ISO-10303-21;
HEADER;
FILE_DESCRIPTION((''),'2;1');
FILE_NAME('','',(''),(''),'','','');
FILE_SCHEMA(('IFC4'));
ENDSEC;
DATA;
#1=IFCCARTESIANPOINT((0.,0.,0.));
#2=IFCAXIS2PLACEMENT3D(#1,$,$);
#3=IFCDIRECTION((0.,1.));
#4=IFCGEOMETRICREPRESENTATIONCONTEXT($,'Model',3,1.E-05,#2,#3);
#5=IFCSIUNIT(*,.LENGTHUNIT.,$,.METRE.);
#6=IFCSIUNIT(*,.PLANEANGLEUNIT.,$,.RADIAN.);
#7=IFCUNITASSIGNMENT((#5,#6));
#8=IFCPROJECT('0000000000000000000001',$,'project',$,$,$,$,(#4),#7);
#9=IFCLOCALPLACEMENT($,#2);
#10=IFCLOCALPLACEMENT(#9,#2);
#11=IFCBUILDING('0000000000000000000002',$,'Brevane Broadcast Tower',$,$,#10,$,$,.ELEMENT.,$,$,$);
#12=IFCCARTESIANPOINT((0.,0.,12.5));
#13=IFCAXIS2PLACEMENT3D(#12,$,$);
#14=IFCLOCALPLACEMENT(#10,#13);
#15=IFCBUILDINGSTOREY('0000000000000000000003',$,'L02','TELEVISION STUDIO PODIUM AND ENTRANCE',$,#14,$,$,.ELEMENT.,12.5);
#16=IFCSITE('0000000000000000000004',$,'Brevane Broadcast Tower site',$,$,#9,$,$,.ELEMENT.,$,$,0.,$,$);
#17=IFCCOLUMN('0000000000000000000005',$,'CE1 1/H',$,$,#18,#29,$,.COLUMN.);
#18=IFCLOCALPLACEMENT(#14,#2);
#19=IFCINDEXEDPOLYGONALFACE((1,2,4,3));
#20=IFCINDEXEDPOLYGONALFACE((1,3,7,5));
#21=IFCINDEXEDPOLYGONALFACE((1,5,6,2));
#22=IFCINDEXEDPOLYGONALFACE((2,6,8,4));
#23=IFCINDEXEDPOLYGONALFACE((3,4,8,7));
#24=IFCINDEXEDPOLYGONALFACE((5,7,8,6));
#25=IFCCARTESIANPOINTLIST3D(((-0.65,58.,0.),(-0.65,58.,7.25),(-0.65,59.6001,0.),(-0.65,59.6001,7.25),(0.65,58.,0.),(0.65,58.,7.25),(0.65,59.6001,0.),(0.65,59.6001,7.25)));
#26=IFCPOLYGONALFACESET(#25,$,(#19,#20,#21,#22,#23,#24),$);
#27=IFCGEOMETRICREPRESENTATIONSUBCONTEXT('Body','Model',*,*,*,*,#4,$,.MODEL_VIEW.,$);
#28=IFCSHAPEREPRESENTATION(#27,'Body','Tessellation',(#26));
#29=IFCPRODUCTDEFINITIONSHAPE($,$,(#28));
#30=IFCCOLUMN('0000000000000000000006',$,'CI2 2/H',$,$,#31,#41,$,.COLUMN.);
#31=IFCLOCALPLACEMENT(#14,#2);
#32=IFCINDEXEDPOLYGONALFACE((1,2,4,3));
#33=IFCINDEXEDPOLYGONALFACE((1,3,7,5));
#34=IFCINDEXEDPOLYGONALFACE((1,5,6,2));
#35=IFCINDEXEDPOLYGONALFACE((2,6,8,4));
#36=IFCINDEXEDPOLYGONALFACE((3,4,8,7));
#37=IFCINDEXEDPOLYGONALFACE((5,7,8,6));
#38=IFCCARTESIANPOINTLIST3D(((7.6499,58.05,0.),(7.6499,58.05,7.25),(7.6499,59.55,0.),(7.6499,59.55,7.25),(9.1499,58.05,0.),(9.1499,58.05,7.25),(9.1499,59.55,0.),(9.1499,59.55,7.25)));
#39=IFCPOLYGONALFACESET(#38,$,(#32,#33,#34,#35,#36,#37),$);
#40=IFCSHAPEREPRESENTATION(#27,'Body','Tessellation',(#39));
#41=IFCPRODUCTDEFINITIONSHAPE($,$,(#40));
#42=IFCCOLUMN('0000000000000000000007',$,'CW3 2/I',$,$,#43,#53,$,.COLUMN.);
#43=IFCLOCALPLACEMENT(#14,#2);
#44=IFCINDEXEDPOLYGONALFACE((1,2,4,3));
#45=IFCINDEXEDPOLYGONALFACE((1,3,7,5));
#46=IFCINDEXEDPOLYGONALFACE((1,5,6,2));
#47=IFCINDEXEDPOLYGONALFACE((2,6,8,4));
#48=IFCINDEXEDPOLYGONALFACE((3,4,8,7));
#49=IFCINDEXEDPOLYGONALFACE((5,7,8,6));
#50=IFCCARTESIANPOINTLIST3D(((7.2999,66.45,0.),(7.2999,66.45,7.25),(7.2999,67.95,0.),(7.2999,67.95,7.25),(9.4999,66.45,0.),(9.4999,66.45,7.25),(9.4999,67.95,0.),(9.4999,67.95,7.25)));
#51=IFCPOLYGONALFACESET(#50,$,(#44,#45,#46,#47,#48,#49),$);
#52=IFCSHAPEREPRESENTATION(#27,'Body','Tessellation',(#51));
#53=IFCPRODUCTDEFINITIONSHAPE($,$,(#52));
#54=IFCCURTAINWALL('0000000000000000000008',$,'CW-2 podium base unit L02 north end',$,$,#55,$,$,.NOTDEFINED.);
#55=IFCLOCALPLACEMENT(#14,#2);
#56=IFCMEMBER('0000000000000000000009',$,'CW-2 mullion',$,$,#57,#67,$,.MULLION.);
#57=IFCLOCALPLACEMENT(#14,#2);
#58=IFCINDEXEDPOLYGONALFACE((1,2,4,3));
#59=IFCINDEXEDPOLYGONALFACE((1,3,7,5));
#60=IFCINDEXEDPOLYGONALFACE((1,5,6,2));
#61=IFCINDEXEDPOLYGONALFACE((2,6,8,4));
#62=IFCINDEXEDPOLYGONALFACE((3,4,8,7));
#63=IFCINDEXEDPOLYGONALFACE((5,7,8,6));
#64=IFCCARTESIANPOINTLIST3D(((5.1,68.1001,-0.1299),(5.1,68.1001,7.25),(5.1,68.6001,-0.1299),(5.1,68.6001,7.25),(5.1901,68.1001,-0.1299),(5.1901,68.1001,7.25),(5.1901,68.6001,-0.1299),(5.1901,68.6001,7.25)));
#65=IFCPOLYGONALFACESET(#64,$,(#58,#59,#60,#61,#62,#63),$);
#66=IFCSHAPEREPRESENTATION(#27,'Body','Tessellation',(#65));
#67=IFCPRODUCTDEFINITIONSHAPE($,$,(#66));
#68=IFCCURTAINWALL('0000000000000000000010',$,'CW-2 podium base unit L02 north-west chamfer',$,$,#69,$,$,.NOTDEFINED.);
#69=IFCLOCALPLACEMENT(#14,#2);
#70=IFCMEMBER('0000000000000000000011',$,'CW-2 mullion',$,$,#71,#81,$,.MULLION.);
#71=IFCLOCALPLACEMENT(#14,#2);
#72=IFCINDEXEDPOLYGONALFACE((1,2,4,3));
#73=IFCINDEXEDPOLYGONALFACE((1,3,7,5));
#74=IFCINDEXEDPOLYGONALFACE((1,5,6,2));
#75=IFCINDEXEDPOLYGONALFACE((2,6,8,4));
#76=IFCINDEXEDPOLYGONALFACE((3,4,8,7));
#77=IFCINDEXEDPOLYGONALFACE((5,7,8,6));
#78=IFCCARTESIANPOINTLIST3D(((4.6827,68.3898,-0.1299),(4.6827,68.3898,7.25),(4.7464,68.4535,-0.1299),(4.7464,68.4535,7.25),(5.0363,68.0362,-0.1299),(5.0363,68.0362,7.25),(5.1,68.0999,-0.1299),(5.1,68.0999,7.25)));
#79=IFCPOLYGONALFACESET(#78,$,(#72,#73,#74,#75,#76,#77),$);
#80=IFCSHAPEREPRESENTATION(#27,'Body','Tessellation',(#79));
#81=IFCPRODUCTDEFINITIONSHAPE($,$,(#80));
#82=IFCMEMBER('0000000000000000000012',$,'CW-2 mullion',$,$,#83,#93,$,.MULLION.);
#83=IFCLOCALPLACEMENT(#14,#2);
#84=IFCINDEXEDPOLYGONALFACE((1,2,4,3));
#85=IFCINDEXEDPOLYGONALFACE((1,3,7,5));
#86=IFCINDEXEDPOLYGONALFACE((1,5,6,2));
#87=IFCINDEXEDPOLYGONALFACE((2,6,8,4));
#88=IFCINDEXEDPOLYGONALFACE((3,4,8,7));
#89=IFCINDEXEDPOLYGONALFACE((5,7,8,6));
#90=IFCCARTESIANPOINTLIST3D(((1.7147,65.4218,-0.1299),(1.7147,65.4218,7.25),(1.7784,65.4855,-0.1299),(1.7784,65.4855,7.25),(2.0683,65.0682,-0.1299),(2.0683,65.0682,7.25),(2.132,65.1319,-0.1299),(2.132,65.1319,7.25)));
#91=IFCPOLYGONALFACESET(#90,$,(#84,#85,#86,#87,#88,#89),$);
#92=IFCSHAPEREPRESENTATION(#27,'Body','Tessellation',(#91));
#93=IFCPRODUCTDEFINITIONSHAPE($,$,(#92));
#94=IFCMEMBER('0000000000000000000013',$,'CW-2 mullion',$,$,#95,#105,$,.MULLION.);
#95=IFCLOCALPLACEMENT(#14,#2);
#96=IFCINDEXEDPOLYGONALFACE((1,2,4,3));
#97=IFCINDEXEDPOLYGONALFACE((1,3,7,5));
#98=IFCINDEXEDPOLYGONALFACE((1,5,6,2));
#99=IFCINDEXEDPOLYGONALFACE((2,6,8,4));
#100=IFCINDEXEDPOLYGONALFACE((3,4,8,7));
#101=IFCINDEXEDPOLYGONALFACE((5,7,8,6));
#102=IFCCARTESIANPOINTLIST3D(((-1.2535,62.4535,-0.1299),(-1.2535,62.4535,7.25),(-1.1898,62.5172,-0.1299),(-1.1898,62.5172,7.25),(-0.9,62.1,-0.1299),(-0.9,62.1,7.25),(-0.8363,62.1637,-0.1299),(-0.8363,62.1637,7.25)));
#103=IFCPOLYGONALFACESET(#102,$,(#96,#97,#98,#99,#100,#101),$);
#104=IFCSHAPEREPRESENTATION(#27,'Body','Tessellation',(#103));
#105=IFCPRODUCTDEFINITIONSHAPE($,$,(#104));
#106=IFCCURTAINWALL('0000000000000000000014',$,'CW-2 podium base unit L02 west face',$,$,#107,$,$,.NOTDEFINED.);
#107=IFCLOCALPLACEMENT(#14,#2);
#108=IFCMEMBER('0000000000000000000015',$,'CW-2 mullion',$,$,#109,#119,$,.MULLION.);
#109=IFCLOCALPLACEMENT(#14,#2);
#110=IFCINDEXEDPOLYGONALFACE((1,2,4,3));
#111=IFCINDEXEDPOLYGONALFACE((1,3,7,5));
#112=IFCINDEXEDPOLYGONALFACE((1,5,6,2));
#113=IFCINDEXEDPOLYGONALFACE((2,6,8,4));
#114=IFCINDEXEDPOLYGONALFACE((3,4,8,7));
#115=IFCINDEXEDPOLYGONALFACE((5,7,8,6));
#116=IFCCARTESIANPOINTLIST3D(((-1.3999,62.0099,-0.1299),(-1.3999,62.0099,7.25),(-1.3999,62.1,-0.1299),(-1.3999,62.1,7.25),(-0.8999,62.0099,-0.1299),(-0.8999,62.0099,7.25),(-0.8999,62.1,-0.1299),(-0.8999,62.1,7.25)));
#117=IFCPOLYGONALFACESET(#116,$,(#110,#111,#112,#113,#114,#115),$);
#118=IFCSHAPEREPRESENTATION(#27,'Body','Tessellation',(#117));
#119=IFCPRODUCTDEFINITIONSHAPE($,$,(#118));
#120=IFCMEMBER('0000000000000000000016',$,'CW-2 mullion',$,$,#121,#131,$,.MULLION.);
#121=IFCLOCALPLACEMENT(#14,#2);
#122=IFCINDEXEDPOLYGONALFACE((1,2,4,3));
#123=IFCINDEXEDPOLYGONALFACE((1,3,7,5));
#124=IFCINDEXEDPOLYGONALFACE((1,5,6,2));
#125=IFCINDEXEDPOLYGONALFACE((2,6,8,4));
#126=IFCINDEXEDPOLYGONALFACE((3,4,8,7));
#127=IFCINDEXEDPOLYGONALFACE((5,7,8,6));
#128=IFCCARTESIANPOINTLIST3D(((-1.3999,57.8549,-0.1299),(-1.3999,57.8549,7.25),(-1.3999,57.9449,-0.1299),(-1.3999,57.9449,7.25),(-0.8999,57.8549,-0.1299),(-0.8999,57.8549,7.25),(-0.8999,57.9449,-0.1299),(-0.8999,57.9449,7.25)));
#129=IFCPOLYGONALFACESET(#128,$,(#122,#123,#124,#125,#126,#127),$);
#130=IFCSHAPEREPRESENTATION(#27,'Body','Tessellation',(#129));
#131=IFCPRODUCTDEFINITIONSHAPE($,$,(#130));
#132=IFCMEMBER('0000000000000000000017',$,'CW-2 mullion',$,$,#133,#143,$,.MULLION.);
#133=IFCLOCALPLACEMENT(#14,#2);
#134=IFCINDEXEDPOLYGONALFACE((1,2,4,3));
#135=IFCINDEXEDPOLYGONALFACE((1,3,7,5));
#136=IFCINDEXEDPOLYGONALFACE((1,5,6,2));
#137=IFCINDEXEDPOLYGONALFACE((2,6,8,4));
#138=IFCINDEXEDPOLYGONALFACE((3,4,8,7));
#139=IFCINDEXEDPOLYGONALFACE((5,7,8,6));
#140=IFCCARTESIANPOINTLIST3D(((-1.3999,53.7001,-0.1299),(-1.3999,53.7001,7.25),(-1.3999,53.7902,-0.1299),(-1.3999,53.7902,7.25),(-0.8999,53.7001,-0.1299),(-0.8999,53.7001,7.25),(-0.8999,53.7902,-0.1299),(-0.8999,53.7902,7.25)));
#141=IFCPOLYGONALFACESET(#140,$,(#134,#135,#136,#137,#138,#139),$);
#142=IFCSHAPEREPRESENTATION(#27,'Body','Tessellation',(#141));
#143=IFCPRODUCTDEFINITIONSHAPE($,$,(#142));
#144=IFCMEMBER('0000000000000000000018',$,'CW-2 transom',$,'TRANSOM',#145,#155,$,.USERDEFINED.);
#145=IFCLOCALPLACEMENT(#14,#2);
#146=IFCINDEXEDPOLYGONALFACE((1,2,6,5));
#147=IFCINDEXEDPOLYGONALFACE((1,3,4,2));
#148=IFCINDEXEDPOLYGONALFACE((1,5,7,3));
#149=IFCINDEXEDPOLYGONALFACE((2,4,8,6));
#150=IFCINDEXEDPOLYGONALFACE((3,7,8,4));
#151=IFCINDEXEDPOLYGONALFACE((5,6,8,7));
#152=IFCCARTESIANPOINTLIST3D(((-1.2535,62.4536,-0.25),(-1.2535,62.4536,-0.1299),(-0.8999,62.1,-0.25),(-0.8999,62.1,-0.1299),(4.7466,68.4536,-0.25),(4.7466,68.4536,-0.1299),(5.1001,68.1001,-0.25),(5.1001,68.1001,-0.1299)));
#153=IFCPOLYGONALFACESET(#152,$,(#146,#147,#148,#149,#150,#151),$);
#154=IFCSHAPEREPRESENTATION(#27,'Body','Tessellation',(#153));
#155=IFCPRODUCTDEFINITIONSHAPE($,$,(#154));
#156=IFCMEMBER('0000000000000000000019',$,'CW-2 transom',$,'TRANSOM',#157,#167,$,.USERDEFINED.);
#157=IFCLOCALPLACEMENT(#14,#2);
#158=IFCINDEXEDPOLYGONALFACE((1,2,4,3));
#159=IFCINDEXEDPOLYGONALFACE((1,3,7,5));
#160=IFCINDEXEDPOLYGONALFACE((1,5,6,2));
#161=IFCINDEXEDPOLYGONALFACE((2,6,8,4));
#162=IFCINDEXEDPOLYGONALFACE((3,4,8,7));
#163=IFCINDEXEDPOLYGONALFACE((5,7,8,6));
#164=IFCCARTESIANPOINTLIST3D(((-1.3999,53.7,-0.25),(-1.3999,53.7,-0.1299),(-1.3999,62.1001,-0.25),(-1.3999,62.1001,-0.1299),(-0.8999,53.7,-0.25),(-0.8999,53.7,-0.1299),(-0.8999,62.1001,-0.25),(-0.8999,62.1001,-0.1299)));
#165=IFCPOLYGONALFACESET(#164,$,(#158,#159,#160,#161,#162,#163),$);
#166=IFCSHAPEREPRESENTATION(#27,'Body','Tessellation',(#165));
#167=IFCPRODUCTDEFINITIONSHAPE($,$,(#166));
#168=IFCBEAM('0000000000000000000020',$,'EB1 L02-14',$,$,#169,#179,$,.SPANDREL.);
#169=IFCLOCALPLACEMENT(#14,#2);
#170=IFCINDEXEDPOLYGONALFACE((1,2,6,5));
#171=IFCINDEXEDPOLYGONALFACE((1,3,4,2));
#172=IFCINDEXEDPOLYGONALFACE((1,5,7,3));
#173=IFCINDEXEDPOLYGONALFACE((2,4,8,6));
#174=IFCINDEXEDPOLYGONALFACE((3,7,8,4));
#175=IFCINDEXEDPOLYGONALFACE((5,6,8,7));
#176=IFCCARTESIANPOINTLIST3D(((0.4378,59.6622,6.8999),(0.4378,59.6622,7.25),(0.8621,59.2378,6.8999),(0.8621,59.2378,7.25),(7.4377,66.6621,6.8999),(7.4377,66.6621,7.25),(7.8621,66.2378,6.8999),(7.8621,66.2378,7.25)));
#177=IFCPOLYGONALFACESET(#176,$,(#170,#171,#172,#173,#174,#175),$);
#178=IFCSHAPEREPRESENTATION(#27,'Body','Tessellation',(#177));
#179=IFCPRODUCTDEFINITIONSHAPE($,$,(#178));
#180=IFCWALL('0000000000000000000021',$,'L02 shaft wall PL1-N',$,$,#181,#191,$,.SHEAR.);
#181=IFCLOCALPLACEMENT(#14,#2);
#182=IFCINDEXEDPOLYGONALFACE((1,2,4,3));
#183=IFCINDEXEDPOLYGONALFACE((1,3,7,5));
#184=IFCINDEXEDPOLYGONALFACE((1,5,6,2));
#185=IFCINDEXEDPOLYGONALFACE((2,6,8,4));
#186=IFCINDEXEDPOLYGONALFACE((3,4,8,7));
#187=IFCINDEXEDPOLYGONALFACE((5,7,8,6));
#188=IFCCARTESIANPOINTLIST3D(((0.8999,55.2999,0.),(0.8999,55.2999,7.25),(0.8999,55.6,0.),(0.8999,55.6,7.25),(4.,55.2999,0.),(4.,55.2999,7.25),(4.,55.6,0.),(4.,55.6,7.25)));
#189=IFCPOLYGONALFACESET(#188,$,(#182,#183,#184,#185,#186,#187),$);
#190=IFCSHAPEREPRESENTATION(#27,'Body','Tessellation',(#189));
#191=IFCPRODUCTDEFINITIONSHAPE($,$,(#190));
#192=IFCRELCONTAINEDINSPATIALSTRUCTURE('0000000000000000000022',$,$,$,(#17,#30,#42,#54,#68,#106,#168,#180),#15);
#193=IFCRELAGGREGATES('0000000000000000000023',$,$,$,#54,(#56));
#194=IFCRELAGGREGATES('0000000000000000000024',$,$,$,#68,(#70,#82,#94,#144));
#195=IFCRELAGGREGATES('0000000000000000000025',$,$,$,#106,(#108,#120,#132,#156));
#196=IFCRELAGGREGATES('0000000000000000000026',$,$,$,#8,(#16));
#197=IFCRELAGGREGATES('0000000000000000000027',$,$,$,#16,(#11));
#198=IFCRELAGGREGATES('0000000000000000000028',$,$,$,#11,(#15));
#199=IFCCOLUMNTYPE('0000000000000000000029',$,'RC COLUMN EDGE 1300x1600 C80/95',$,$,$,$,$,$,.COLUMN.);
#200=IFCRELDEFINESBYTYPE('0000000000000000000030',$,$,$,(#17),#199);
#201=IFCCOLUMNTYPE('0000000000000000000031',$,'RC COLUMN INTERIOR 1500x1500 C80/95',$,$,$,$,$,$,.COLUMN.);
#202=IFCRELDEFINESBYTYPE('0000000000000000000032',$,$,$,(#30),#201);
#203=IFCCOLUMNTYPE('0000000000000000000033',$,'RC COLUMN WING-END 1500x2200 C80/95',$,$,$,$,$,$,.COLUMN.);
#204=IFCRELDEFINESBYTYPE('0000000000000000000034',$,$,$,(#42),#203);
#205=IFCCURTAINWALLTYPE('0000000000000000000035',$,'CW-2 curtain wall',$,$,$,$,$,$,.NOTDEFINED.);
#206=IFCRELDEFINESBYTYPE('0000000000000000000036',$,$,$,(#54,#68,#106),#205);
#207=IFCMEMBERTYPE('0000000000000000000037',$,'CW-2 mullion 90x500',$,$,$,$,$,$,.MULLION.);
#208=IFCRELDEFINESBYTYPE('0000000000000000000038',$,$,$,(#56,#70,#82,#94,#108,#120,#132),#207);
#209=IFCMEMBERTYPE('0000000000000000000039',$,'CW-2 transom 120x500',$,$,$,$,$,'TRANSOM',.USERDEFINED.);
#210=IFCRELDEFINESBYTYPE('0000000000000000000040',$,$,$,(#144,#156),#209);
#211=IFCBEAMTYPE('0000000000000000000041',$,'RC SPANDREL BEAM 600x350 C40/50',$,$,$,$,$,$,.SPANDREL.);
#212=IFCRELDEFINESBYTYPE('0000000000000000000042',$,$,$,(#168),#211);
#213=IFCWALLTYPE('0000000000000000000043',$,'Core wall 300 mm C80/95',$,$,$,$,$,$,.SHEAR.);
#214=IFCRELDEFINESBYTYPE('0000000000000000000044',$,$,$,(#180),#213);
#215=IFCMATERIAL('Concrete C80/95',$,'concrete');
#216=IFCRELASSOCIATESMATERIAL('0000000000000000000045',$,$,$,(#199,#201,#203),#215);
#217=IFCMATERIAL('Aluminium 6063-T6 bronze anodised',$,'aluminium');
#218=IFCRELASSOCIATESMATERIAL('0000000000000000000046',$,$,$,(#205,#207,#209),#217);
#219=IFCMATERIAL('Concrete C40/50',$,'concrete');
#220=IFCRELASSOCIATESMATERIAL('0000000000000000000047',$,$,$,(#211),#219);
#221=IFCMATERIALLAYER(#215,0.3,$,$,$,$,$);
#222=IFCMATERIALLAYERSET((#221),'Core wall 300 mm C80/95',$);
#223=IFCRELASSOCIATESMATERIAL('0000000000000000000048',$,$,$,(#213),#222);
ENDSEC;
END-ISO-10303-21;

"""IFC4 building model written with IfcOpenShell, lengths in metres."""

from ifc_helpers import new_model, si_unit, direction, frame, frame_2d, origin, origin_2d, place, context, subcontext, project, spatial, rectangle, extrude, material, layer, layer_set, material_profile, profile_set, type_object, element, aggregate, save


model = new_model("IFC4")

# Units and contexts
model_context = context("Model", 3, precision=1e-05, world=origin(), true_north=direction((0.0, 1.0)))
body_context = subcontext(model_context, "Body", "Model", "MODEL_VIEW")
ifc_project = project(units=[si_unit("LENGTHUNIT", "METRE"), si_unit("PLANEANGLEUNIT", "RADIAN")], contexts=[model_context])

# Site, building, storey
site_placement = place(None, origin())
site = spatial("IfcSite", under=ifc_project, at=site_placement, Name="Brevane Broadcast Tower site", CompositionType="ELEMENT", RefElevation=0.0)
building_placement = place(site_placement, origin())
building = spatial("IfcBuilding", under=site, at=building_placement, Name="Brevane Broadcast Tower", CompositionType="ELEMENT")
storey_placement = place(building_placement, frame((0.0, 0.0, 12.5)))
storey = spatial("IfcBuildingStorey", under=building, at=storey_placement, Name="L02", Description="TELEVISION STUDIO PODIUM AND ENTRANCE", CompositionType="ELEMENT", Elevation=12.5)

# Columns
ifc_material_1 = material(Name="Concrete C80/95", Category="concrete")
ifc_material_profile_1 = material_profile(ifc_material_1, rectangle(XDim=1.3, YDim=1.6001, at=origin_2d()), Name="RC 1300x1600")
ifc_profile_set_1 = profile_set([ifc_material_profile_1], Name="Concrete C80/95")
column_type_1 = type_object("IfcColumnType", Name="RC COLUMN EDGE 1300x1600 C80/95", PredefinedType="COLUMN", material=ifc_profile_set_1)
column_1_placement = place(storey_placement, frame((0.0, 58.8, 0.0), z_axis=(0.0, 0.0, 1.0), x_axis=(1.0, 0.0, 0.0)))
element("IfcColumn", 1, at=column_1_placement, inside=storey, type_object=column_type_1, Name="CE1 1/H", PredefinedType="COLUMN", context=body_context, shape_type="SweptSolid", body=[
    extrude(rectangle(XDim=1.3, YDim=1.6001, at=origin_2d()), origin(), (0.0, 0.0, 1.0), 7.25),
])
ifc_material_profile_2 = material_profile(ifc_material_1, rectangle(XDim=1.5, YDim=1.5, at=origin_2d()), Name="RC 1500x1500")
ifc_profile_set_2 = profile_set([ifc_material_profile_2], Name="Concrete C80/95")
column_type_2 = type_object("IfcColumnType", Name="RC COLUMN INTERIOR 1500x1500 C80/95", PredefinedType="COLUMN", material=ifc_profile_set_2)
column_2_placement = place(storey_placement, frame((8.3999, 58.8, 0.0), z_axis=(0.0, 0.0, 1.0), x_axis=(1.0, 0.0, 0.0)))
element("IfcColumn", 2, at=column_2_placement, inside=storey, type_object=column_type_2, Name="CI2 2/H", PredefinedType="COLUMN", context=body_context, shape_type="SweptSolid", body=[
    extrude(rectangle(XDim=1.5, YDim=1.5, at=origin_2d()), origin(), (0.0, 0.0, 1.0), 7.25),
])
ifc_material_profile_3 = material_profile(ifc_material_1, rectangle(XDim=1.5, YDim=2.2, at=origin_2d()), Name="RC 1500x2200")
ifc_profile_set_3 = profile_set([ifc_material_profile_3], Name="Concrete C80/95")
column_type_3 = type_object("IfcColumnType", Name="RC COLUMN WING-END 1500x2200 C80/95", PredefinedType="COLUMN", material=ifc_profile_set_3)
column_3_placement = place(storey_placement, frame((8.3999, 67.2, 0.0), z_axis=(0.0, 0.0, 1.0), x_axis=(0.0, 1.0, 0.0)))
element("IfcColumn", 3, at=column_3_placement, inside=storey, type_object=column_type_3, Name="CW3 2/I", PredefinedType="COLUMN", context=body_context, shape_type="SweptSolid", body=[
    extrude(rectangle(XDim=1.5, YDim=2.2, at=origin_2d()), origin(), (0.0, 0.0, 1.0), 7.25),
])

# Curtain wall, member
ifc_material_2 = material(Name="Aluminium 6063-T6 bronze anodised", Category="aluminium")
curtain_wall_type = type_object("IfcCurtainWallType", Name="CW-2 curtain wall", PredefinedType="NOTDEFINED", material=ifc_material_2)
curtain_wall_1_placement = place(storey_placement, origin())
curtain_wall_1 = element("IfcCurtainWall", 4, at=curtain_wall_1_placement, inside=storey, type_object=curtain_wall_type, Name="CW-2 podium base unit L02 north end", PredefinedType="NOTDEFINED")
ifc_material_profile_4 = material_profile(ifc_material_2, rectangle(XDim=0.5, YDim=0.0901, at=origin_2d()), Name="RECT 90x500")
ifc_profile_set_4 = profile_set([ifc_material_profile_4], Name="Aluminium 6063-T6 bronze anodised")
member_type_1 = type_object("IfcMemberType", Name="CW-2 mullion 90x500", PredefinedType="MULLION", material=ifc_profile_set_4)
member_1_placement = place(storey_placement, frame((5.145, 68.3501, -0.1299), z_axis=(0.0, 0.0, 1.0), x_axis=(0.0, -1.0, 0.0)))
member_1 = element("IfcMember", 5, at=member_1_placement, type_object=member_type_1, Name="CW-2 mullion", PredefinedType="MULLION", context=body_context, shape_type="SweptSolid", body=[
    extrude(rectangle(XDim=0.5, YDim=0.0901, at=origin_2d()), origin(), (0.0, 0.0, 1.0), 7.3799),
])
aggregate(curtain_wall_1, [member_1])

# Curtain walls, members
curtain_wall_2_placement = place(storey_placement, origin())
curtain_wall_2 = element("IfcCurtainWall", 6, at=curtain_wall_2_placement, inside=storey, type_object=curtain_wall_type, Name="CW-2 podium base unit L02 north-west chamfer", PredefinedType="NOTDEFINED")
member_2_placement = place(storey_placement, frame((4.8914, 68.2449, -0.1299), z_axis=(0.0, 0.0, 1.0), x_axis=(0.707107, -0.707107, 0.0)))
member_2 = element("IfcMember", 7, at=member_2_placement, type_object=member_type_1, Name="CW-2 mullion", PredefinedType="MULLION", context=body_context, shape_type="SweptSolid", body=[
    extrude(rectangle(XDim=0.5, YDim=0.0901, at=origin_2d()), origin(), (0.0, 0.0, 1.0), 7.3799),
])
member_3_placement = place(storey_placement, frame((1.9233, 65.2769, -0.1299), z_axis=(0.0, 0.0, 1.0), x_axis=(0.707107, -0.707107, 0.0)))
member_3 = element("IfcMember", 8, at=member_3_placement, type_object=member_type_1, Name="CW-2 mullion", PredefinedType="MULLION", context=body_context, shape_type="SweptSolid", body=[
    extrude(rectangle(XDim=0.5, YDim=0.0901, at=origin_2d()), origin(), (0.0, 0.0, 1.0), 7.3799),
])
member_4_placement = place(storey_placement, frame((-1.0449, 62.3086, -0.1299), z_axis=(0.0, 0.0, 1.0), x_axis=(0.707107, -0.707107, 0.0)))
member_4 = element("IfcMember", 9, at=member_4_placement, type_object=member_type_1, Name="CW-2 mullion", PredefinedType="MULLION", context=body_context, shape_type="SweptSolid", body=[
    extrude(rectangle(XDim=0.5, YDim=0.0901, at=origin_2d()), origin(), (0.0, 0.0, 1.0), 7.3799),
])
curtain_wall_3_placement = place(storey_placement, origin())
curtain_wall_3 = element("IfcCurtainWall", 10, at=curtain_wall_3_placement, inside=storey, type_object=curtain_wall_type, Name="CW-2 podium base unit L02 west face", PredefinedType="NOTDEFINED")
member_5_placement = place(storey_placement, frame((-1.1499, 62.0549, -0.1299), z_axis=(0.0, 0.0, 1.0), x_axis=(1.0, 0.0, 0.0)))
member_5 = element("IfcMember", 11, at=member_5_placement, type_object=member_type_1, Name="CW-2 mullion", PredefinedType="MULLION", context=body_context, shape_type="SweptSolid", body=[
    extrude(rectangle(XDim=0.5, YDim=0.0901, at=origin_2d()), origin(), (0.0, 0.0, 1.0), 7.3799),
])
member_6_placement = place(storey_placement, frame((-1.1499, 57.8999, -0.1299), z_axis=(0.0, 0.0, 1.0), x_axis=(1.0, 0.0, 0.0)))
member_6 = element("IfcMember", 12, at=member_6_placement, type_object=member_type_1, Name="CW-2 mullion", PredefinedType="MULLION", context=body_context, shape_type="SweptSolid", body=[
    extrude(rectangle(XDim=0.5, YDim=0.0901, at=origin_2d()), origin(), (0.0, 0.0, 1.0), 7.3799),
])
member_7_placement = place(storey_placement, frame((-1.1499, 53.7451, -0.1299), z_axis=(0.0, 0.0, 1.0), x_axis=(1.0, 0.0, 0.0)))
member_7 = element("IfcMember", 13, at=member_7_placement, type_object=member_type_1, Name="CW-2 mullion", PredefinedType="MULLION", context=body_context, shape_type="SweptSolid", body=[
    extrude(rectangle(XDim=0.5, YDim=0.0901, at=origin_2d()), origin(), (0.0, 0.0, 1.0), 7.3799),
])

# Members
ifc_material_profile_5 = material_profile(ifc_material_2, rectangle(XDim=0.5, YDim=0.1201, at=origin_2d()), Name="RECT 120x500")
ifc_profile_set_5 = profile_set([ifc_material_profile_5], Name="Aluminium 6063-T6 bronze anodised")
member_type_2 = type_object("IfcMemberType", Name="CW-2 transom 120x500", ElementType="TRANSOM", PredefinedType="USERDEFINED", material=ifc_profile_set_5)
member_8_placement = place(storey_placement, frame((4.9233, 68.2769, -0.1899), z_axis=(-0.707107, -0.707107, 0.0), x_axis=(0.707107, -0.707107, 0.0)))
member_8 = element("IfcMember", 14, at=member_8_placement, type_object=member_type_2, Name="CW-2 transom", ObjectType="TRANSOM", PredefinedType="USERDEFINED", context=body_context, shape_type="SweptSolid", body=[
    extrude(rectangle(XDim=0.5, YDim=0.1201, at=origin_2d()), origin(), (0.0, 0.0, 1.0), 8.4854),
])
aggregate(curtain_wall_2, [member_2, member_3, member_4, member_8])
member_9_placement = place(storey_placement, frame((-1.1499, 62.1001, -0.1899), z_axis=(0.0, -1.0, 0.0), x_axis=(1.0, 0.0, 0.0)))
member_9 = element("IfcMember", 15, at=member_9_placement, type_object=member_type_2, Name="CW-2 transom", ObjectType="TRANSOM", PredefinedType="USERDEFINED", context=body_context, shape_type="SweptSolid", body=[
    extrude(rectangle(XDim=0.5, YDim=0.1201, at=origin_2d()), origin(), (0.0, 0.0, 1.0), 8.4001),
])
aggregate(curtain_wall_3, [member_5, member_6, member_7, member_9])

# Beam
ifc_material_3 = material(Name="Concrete C40/50", Category="concrete")
ifc_material_profile_6 = material_profile(ifc_material_3, rectangle(XDim=0.6001, YDim=0.3501, at=origin_2d()), Name="RC 600x350")
ifc_profile_set_6 = profile_set([ifc_material_profile_6], Name="Concrete C40/50")
beam_type = type_object("IfcBeamType", Name="RC SPANDREL BEAM 600x350 C40/50", PredefinedType="SPANDREL", material=ifc_profile_set_6)
beam_placement = place(storey_placement, frame((7.6499, 66.45, 7.075), z_axis=(-0.707107, -0.707107, 0.0), x_axis=(0.707107, -0.707107, 0.0)))
element("IfcBeam", 16, at=beam_placement, inside=storey, type_object=beam_type, Name="EB1 L02-14", PredefinedType="SPANDREL", context=body_context, shape_type="SweptSolid", body=[
    extrude(rectangle(XDim=0.6001, YDim=0.3501, at=origin_2d()), origin(), (0.0, 0.0, 1.0), 9.8994),
])

# Wall
ifc_layer_1 = layer(ifc_material_1, 0.3)
ifc_layer_set_1 = layer_set([ifc_layer_1], Name="Core wall 300 mm C80/95")
wall_type_1 = type_object("IfcWallType", Name="Core wall 300 mm C80/95", PredefinedType="SHEAR", material=ifc_layer_set_1)
wall_1_placement = place(storey_placement, frame((0.8999, 55.45, 0.0), z_axis=(0.0, 0.0, 1.0), x_axis=(1.0, 0.0, 0.0)))
element("IfcWall", 17, at=wall_1_placement, inside=storey, type_object=wall_type_1, Name="L02 shaft wall PL1-N", PredefinedType="SHEAR", context=body_context, shape_type="SweptSolid", body=[
    extrude(rectangle(XDim=3.1001, YDim=0.3, at=frame_2d((1.55, 0.0))), origin(), (0.0, 0.0, 1.0), 7.25),
])

save(model, "model.ifc")
